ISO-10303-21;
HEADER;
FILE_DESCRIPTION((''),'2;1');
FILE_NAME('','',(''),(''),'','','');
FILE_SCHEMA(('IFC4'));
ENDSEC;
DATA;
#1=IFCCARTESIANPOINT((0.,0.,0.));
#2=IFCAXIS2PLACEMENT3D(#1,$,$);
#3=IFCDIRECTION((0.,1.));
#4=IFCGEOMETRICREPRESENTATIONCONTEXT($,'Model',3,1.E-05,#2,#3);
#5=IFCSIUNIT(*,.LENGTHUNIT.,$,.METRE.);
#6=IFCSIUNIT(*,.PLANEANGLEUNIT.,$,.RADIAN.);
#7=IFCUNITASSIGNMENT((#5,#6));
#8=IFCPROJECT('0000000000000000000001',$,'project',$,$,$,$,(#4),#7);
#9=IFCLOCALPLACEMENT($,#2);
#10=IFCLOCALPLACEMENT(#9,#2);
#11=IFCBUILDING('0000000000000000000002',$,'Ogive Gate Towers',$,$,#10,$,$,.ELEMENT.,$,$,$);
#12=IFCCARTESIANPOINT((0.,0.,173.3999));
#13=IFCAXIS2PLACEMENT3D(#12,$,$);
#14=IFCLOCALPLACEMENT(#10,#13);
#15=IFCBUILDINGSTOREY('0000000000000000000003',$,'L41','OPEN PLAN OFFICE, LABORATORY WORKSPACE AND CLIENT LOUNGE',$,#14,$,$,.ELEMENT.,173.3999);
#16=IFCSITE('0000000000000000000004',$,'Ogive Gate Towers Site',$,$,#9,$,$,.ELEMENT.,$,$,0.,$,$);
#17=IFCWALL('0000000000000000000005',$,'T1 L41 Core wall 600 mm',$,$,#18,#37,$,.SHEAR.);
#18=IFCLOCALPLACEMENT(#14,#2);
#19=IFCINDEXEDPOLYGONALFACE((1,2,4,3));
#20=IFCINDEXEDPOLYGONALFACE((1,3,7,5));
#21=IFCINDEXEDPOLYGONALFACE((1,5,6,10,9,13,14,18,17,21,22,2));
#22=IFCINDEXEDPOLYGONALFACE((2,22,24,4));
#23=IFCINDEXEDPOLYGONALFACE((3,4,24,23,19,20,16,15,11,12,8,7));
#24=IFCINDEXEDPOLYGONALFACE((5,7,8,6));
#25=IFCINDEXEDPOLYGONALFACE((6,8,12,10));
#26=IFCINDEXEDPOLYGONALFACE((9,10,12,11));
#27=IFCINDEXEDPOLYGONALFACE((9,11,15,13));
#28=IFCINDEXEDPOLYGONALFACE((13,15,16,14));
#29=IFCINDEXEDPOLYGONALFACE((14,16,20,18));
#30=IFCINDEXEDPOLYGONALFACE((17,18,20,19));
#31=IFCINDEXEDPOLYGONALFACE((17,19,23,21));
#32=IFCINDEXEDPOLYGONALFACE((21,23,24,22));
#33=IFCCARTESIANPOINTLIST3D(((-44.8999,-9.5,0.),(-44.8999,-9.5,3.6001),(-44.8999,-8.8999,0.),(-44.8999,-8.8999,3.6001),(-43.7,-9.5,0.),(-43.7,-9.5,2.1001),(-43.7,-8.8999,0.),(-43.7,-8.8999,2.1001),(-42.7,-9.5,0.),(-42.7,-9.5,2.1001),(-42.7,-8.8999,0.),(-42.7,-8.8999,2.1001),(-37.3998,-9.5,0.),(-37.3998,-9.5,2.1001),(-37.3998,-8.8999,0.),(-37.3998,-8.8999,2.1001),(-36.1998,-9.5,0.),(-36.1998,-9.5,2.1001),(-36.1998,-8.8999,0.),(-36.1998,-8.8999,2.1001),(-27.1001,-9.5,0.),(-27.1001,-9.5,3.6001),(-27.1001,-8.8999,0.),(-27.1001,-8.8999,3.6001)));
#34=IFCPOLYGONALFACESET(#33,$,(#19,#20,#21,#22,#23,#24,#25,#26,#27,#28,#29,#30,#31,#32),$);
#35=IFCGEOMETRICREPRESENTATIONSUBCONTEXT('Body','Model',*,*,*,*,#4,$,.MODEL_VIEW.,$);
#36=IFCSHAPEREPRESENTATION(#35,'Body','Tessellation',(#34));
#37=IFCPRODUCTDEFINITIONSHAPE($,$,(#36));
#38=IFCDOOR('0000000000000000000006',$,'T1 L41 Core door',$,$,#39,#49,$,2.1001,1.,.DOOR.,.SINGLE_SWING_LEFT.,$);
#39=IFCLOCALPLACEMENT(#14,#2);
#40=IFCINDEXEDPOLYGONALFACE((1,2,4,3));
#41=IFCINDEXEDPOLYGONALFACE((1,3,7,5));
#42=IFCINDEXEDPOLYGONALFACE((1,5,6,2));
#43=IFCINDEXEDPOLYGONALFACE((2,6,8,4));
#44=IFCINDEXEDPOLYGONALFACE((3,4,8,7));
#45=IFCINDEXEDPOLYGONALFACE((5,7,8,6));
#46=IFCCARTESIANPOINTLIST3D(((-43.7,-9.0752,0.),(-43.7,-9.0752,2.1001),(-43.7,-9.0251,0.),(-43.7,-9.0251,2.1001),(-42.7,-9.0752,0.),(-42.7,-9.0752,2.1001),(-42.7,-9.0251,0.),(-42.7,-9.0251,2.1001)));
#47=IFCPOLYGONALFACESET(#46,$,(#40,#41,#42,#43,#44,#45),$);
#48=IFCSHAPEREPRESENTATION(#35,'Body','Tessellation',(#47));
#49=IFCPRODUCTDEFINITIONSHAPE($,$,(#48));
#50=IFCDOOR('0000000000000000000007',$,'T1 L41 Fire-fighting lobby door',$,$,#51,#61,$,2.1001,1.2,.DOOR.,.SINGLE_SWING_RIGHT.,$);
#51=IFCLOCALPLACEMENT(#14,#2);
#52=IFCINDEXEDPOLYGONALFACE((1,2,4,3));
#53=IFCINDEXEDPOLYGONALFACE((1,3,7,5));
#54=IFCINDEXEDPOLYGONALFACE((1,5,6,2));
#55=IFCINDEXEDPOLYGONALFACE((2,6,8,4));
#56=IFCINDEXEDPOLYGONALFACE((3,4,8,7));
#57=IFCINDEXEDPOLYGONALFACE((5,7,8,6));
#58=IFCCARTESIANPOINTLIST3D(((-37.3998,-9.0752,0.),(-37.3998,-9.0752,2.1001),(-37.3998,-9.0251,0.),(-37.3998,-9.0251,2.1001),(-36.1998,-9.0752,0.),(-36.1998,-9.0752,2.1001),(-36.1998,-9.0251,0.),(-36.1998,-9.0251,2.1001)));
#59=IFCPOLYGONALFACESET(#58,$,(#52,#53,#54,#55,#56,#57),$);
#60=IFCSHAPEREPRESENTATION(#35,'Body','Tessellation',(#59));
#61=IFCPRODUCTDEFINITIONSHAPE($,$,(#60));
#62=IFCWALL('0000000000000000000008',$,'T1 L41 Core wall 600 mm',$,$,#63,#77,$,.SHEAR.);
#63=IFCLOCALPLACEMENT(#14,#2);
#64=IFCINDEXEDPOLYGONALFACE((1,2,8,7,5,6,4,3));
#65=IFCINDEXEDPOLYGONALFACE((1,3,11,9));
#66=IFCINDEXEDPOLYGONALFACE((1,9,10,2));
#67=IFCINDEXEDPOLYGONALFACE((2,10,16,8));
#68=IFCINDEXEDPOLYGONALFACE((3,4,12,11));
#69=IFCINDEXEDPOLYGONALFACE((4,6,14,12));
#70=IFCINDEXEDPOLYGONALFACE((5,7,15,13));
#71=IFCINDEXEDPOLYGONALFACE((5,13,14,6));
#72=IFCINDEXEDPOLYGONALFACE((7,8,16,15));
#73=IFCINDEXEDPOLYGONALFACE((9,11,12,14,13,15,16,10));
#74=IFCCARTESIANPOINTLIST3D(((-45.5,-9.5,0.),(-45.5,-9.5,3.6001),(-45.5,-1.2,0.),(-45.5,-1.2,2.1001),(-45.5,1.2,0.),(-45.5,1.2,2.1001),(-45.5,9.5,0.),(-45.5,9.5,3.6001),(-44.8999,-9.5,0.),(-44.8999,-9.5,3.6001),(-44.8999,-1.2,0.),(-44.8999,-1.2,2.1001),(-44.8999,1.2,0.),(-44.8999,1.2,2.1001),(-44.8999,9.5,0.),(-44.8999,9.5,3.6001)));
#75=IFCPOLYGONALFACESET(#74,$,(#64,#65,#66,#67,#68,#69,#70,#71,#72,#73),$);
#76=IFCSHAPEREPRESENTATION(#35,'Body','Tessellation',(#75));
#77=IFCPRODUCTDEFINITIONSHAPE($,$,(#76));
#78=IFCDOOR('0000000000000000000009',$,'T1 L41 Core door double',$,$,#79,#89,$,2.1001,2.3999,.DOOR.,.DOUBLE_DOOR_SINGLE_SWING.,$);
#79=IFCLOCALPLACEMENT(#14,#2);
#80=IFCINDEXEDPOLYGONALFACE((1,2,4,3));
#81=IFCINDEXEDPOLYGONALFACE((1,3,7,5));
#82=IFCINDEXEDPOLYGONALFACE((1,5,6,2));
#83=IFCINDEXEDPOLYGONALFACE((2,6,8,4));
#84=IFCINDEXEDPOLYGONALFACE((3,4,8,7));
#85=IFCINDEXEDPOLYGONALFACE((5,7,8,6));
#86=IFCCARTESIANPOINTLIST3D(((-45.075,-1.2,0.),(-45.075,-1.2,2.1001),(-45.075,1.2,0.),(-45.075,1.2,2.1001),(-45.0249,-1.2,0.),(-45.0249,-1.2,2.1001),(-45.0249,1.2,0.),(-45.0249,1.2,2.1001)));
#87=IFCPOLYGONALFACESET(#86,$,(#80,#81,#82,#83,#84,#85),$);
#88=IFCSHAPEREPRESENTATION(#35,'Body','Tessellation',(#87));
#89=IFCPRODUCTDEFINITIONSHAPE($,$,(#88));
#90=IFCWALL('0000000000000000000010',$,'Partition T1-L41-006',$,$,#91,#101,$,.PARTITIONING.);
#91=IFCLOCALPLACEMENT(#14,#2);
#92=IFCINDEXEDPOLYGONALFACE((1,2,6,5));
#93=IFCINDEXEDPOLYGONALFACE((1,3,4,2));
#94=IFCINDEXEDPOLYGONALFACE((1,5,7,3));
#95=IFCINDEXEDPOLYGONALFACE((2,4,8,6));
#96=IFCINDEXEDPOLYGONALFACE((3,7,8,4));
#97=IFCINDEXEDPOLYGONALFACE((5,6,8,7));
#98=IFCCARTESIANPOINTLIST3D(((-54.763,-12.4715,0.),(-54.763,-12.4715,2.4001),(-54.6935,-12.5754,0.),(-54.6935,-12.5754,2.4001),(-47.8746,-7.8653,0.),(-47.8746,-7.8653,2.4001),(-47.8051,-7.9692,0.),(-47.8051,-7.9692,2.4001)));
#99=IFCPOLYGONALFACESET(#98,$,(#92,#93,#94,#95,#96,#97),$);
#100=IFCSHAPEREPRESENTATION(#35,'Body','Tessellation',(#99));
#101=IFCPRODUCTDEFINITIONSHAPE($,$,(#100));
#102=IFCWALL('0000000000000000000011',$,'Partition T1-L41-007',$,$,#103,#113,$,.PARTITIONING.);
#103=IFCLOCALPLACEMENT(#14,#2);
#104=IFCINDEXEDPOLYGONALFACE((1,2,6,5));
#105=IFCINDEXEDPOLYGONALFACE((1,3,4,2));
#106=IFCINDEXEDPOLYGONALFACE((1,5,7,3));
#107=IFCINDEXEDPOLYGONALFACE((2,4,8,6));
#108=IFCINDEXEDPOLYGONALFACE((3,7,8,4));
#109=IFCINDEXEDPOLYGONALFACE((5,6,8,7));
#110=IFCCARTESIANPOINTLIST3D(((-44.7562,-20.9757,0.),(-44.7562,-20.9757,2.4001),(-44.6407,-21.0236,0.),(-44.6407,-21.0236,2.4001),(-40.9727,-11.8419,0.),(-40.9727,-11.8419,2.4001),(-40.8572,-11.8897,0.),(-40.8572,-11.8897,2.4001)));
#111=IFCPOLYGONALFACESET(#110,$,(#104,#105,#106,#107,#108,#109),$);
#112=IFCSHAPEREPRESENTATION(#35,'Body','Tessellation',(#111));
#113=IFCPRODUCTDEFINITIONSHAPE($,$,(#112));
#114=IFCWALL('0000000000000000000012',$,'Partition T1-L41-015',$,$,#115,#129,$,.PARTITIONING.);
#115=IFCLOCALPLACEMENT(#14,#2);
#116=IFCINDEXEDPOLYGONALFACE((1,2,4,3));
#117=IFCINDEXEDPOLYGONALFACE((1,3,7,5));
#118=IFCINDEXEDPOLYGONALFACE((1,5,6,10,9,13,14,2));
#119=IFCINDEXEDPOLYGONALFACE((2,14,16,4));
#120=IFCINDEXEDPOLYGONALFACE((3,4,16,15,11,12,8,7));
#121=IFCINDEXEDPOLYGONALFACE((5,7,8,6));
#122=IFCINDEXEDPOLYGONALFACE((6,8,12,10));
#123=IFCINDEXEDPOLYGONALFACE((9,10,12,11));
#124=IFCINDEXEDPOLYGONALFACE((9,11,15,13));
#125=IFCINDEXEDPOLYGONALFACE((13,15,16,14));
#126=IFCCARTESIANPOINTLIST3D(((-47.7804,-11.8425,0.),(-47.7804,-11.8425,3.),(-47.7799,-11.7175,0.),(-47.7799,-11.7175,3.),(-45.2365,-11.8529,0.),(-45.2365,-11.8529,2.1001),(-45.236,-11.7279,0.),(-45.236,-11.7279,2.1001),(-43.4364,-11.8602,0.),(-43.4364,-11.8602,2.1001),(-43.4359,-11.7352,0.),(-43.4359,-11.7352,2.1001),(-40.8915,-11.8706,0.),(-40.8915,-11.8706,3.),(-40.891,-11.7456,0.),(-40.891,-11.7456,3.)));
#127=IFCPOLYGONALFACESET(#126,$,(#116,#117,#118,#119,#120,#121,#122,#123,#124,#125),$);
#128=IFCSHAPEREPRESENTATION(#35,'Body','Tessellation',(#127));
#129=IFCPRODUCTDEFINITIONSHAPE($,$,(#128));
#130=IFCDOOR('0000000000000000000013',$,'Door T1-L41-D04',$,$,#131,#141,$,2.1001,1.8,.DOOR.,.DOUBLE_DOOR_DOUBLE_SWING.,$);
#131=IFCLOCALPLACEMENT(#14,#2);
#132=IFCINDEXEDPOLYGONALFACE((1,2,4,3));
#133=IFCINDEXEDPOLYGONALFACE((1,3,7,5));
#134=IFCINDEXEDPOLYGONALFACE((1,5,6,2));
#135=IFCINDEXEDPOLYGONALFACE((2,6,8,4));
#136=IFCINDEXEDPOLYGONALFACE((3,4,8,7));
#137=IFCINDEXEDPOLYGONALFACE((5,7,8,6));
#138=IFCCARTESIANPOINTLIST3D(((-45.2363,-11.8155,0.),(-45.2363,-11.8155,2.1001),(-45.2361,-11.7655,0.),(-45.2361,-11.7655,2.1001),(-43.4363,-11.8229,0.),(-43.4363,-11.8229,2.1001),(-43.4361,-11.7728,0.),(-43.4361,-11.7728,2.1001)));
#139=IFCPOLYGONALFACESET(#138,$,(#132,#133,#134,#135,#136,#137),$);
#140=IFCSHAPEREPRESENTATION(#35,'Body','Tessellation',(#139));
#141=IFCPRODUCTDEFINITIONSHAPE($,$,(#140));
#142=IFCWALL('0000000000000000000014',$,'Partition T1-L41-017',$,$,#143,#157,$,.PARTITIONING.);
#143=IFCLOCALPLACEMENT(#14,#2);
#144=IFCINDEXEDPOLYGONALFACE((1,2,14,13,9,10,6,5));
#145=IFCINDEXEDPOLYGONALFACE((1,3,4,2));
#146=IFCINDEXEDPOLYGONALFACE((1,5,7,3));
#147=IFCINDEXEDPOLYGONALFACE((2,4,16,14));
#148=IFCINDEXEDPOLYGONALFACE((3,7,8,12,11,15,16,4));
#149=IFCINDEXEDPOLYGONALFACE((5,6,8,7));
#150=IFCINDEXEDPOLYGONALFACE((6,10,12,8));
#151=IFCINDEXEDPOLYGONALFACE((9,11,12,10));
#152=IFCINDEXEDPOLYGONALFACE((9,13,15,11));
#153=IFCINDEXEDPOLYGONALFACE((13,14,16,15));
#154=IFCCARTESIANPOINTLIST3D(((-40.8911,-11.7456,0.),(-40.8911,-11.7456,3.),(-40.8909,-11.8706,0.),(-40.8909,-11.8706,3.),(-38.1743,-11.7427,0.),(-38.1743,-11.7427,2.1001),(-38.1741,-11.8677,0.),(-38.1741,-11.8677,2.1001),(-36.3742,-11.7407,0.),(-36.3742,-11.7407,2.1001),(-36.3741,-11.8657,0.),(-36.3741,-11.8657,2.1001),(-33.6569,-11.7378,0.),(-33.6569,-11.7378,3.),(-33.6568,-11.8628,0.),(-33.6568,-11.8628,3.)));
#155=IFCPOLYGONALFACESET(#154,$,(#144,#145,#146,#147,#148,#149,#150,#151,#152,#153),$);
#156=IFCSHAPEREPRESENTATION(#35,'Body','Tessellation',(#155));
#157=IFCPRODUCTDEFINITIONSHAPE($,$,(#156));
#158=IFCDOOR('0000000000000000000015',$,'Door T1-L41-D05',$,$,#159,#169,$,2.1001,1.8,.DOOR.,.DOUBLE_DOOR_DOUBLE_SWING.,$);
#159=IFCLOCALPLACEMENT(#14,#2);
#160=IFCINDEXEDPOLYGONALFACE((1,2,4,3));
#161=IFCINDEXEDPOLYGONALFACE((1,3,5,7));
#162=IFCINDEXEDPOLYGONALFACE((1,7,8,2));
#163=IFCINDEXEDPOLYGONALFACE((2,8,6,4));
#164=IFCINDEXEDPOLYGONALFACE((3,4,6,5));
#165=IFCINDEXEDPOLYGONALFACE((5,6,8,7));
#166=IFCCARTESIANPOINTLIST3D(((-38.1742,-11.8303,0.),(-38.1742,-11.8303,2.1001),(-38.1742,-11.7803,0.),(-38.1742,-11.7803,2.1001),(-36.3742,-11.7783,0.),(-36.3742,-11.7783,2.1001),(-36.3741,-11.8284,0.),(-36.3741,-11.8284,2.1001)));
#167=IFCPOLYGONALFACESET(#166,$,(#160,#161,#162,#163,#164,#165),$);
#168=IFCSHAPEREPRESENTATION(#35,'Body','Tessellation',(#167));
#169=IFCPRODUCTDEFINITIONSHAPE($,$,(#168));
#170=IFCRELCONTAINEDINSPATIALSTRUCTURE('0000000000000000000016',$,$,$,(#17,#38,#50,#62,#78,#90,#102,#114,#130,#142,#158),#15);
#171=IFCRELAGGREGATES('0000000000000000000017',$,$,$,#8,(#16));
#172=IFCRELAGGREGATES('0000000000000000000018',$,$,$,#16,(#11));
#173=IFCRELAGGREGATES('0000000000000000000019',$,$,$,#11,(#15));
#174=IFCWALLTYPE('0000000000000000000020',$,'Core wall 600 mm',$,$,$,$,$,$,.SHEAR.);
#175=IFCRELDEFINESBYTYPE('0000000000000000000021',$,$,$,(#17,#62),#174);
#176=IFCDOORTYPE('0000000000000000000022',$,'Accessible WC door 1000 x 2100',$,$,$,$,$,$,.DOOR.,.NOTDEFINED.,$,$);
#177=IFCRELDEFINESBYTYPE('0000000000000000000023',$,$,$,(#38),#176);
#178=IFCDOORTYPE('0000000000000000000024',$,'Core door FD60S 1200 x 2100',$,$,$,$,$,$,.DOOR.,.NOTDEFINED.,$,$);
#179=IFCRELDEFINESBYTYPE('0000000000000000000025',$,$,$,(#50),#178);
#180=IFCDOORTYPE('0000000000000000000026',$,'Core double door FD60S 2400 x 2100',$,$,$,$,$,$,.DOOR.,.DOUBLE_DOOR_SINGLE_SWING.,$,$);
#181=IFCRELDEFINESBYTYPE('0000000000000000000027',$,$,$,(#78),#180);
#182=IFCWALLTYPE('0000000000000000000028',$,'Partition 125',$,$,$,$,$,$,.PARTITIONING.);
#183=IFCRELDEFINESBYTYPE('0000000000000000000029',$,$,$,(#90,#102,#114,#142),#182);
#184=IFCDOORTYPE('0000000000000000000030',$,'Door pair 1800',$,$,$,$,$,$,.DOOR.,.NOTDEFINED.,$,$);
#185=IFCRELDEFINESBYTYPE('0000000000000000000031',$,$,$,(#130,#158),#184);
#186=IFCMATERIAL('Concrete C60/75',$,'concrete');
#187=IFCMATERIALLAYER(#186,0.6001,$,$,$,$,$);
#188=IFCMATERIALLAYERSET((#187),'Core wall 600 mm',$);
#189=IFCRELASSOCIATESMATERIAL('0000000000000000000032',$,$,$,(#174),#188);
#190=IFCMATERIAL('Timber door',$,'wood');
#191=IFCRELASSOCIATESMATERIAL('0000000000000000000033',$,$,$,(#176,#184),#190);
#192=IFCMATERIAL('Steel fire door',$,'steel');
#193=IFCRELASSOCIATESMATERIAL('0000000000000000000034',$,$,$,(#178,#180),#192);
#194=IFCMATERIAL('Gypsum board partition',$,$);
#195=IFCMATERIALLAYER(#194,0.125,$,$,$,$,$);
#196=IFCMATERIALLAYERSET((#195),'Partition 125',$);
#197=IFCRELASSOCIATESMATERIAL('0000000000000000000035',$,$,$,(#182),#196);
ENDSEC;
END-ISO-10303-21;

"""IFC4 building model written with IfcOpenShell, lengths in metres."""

from ifc_helpers import new_model, si_unit, direction, frame, frame_2d, origin, place, context, subcontext, project, spatial, rectangle, extrude, material, layer, layer_set, type_object, element, fill, save


model = new_model("IFC4")

# Units and contexts
model_context = context("Model", 3, precision=1e-05, world=origin(), true_north=direction((0.0, 1.0)))
body_context = subcontext(model_context, "Body", "Model", "MODEL_VIEW")
ifc_project = project(units=[si_unit("LENGTHUNIT", "METRE"), si_unit("PLANEANGLEUNIT", "RADIAN")], contexts=[model_context])

# Site, building, storey
site_placement = place(None, origin())
site = spatial("IfcSite", under=ifc_project, at=site_placement, Name="Ogive Gate Towers Site", CompositionType="ELEMENT", RefElevation=0.0)
building_placement = place(site_placement, origin())
building = spatial("IfcBuilding", under=site, at=building_placement, Name="Ogive Gate Towers", CompositionType="ELEMENT")
storey_placement = place(building_placement, frame((0.0, 0.0, 173.3999)))
storey = spatial("IfcBuildingStorey", under=building, at=storey_placement, Name="L41", Description="OPEN PLAN OFFICE, LABORATORY WORKSPACE AND CLIENT LOUNGE", CompositionType="ELEMENT", Elevation=173.3999)

# Wall, openings, doors
ifc_material_1 = material(Name="Concrete C60/75", Category="concrete")
ifc_layer_1 = layer(ifc_material_1, 0.6001)
ifc_layer_set_1 = layer_set([ifc_layer_1], Name="Core wall 600 mm")
wall_type_1 = type_object("IfcWallType", Name="Core wall 600 mm", PredefinedType="SHEAR", material=ifc_layer_set_1)
wall_1_placement = place(storey_placement, frame((-44.8999, -9.2, 0.0), z_axis=(0.0, 0.0, 1.0), x_axis=(1.0, 0.0, 0.0)))
wall_1 = element("IfcWall", 1, at=wall_1_placement, inside=storey, type_object=wall_type_1, Name="T1 L41 Core wall 600 mm", PredefinedType="SHEAR", context=body_context, shape_type="SweptSolid", body=[
    extrude(rectangle(XDim=17.7998, YDim=0.6001, at=frame_2d((8.8999, 0.0))), origin(), (0.0, 0.0, 1.0), 3.6001),
])
opening_1_placement = place(wall_1_placement, frame((7.5, 0.0, 0.0)))
opening_1 = element("IfcOpeningElement", 2, at=opening_1_placement, cuts=wall_1, PredefinedType="OPENING", context=body_context, shape_type="SweptSolid", body=[
    extrude(rectangle(XDim=1.2, YDim=2.1001, at=frame_2d((0.6001, 1.05))), frame((0.0, 0.3101, 0.0), z_axis=(0.0, -1.0, 0.0), x_axis=(1.0, 0.0, 0.0)), (0.0, 0.0, 1.0), 0.6201),
])
opening_2_placement = place(wall_1_placement, frame((1.2, 0.0, 0.0)))
opening_2 = element("IfcOpeningElement", 3, at=opening_2_placement, cuts=wall_1, PredefinedType="OPENING", context=body_context, shape_type="SweptSolid", body=[
    extrude(rectangle(XDim=1.0, YDim=2.1001, at=frame_2d((0.5, 1.05))), frame((0.0, 0.3101, 0.0), z_axis=(0.0, -1.0, 0.0), x_axis=(1.0, 0.0, 0.0)), (0.0, 0.0, 1.0), 0.6201),
])
ifc_material_2 = material(Name="Timber door", Category="wood")
door_type_1 = type_object("IfcDoorType", Name="Accessible WC door 1000 x 2100", OperationType="NOTDEFINED", PredefinedType="DOOR", material=ifc_material_2)
door_1_placement = place(opening_2_placement, origin())
door_1 = element("IfcDoor", 4, at=door_1_placement, inside=storey, type_object=door_type_1, Name="T1 L41 Core door", OperationType="SINGLE_SWING_LEFT", OverallHeight=2.1001, OverallWidth=1.0, PredefinedType="DOOR", context=body_context, shape_type="SweptSolid", body=[
    extrude(rectangle(XDim=1.0, YDim=2.1001, at=frame_2d((0.5, 1.05))), frame((0.0, 0.1748, 0.0), z_axis=(0.0, -1.0, 0.0), x_axis=(1.0, 0.0, 0.0)), (0.0, 0.0, 1.0), 0.05),
])
fill(opening_2, door_1)
ifc_material_3 = material(Name="Steel fire door", Category="steel")
door_type_2 = type_object("IfcDoorType", Name="Core door FD60S 1200 x 2100", OperationType="NOTDEFINED", PredefinedType="DOOR", material=ifc_material_3)
door_2_placement = place(opening_1_placement, origin())
door_2 = element("IfcDoor", 5, at=door_2_placement, inside=storey, type_object=door_type_2, Name="T1 L41 Fire-fighting lobby door", OperationType="SINGLE_SWING_RIGHT", OverallHeight=2.1001, OverallWidth=1.2, PredefinedType="DOOR", context=body_context, shape_type="SweptSolid", body=[
    extrude(rectangle(XDim=1.2, YDim=2.1001, at=frame_2d((0.6001, 1.05))), frame((0.0, 0.1748, 0.0), z_axis=(0.0, -1.0, 0.0), x_axis=(1.0, 0.0, 0.0)), (0.0, 0.0, 1.0), 0.05),
])
fill(opening_1, door_2)

# Wall, opening, door
wall_2_placement = place(storey_placement, frame((-45.2, -9.5, 0.0), z_axis=(0.0, 0.0, 1.0), x_axis=(0.0, 1.0, 0.0)))
wall_2 = element("IfcWall", 6, at=wall_2_placement, inside=storey, type_object=wall_type_1, Name="T1 L41 Core wall 600 mm", PredefinedType="SHEAR", context=body_context, shape_type="SweptSolid", body=[
    extrude(rectangle(XDim=19.0, YDim=0.6001, at=frame_2d((9.5, 0.0))), origin(), (0.0, 0.0, 1.0), 3.6001),
])
opening_3_placement = place(wall_2_placement, frame((8.3, 0.0, 0.0)))
opening_3 = element("IfcOpeningElement", 7, at=opening_3_placement, cuts=wall_2, PredefinedType="OPENING", context=body_context, shape_type="SweptSolid", body=[
    extrude(rectangle(XDim=2.3999, YDim=2.1001, at=frame_2d((1.2, 1.05))), frame((0.0, 0.3101, 0.0), z_axis=(0.0, -1.0, 0.0), x_axis=(1.0, 0.0, 0.0)), (0.0, 0.0, 1.0), 0.6201),
])
door_type_3 = type_object("IfcDoorType", Name="Core double door FD60S 2400 x 2100", OperationType="DOUBLE_DOOR_SINGLE_SWING", PredefinedType="DOOR", material=ifc_material_3)
door_3_placement = place(opening_3_placement, origin())
door_3 = element("IfcDoor", 8, at=door_3_placement, inside=storey, type_object=door_type_3, Name="T1 L41 Core door double", OperationType="DOUBLE_DOOR_SINGLE_SWING", OverallHeight=2.1001, OverallWidth=2.3999, PredefinedType="DOOR", context=body_context, shape_type="SweptSolid", body=[
    extrude(rectangle(XDim=2.3999, YDim=2.1001, at=frame_2d((1.2, 1.05))), frame((0.0, -0.125, 0.0), z_axis=(0.0, -1.0, 0.0), x_axis=(1.0, 0.0, 0.0)), (0.0, 0.0, 1.0), 0.05),
])
fill(opening_3, door_3)

# Walls
ifc_material_4 = material(Name="Gypsum board partition")
ifc_layer_2 = layer(ifc_material_4, 0.125)
ifc_layer_set_2 = layer_set([ifc_layer_2], Name="Partition 125")
wall_type_2 = type_object("IfcWallType", Name="Partition 125", PredefinedType="PARTITIONING", material=ifc_layer_set_2)
wall_3_placement = place(storey_placement, frame((-54.7283, -12.5234, 0.0), z_axis=(0.0, 0.0, 1.0), x_axis=(0.831274, 0.555862, 0.0)))
element("IfcWall", 9, at=wall_3_placement, inside=storey, type_object=wall_type_2, Name="Partition T1-L41-006", PredefinedType="PARTITIONING", context=body_context, shape_type="SweptSolid", body=[
    extrude(rectangle(XDim=8.2866, YDim=0.125, at=frame_2d((4.1433, 0.0))), origin(), (0.0, 0.0, 1.0), 2.4001),
])
wall_4_placement = place(storey_placement, frame((-44.6985, -20.9998, 0.0), z_axis=(0.0, 0.0, 1.0), x_axis=(0.382693, 0.923876, 0.0)))
element("IfcWall", 10, at=wall_4_placement, inside=storey, type_object=wall_type_2, Name="Partition T1-L41-007", PredefinedType="PARTITIONING", context=body_context, shape_type="SweptSolid", body=[
    extrude(rectangle(XDim=9.8865, YDim=0.125, at=frame_2d((4.9434, 0.0))), origin(), (0.0, 0.0, 1.0), 2.4001),
])

# Walls, openings, doors
wall_5_placement = place(storey_placement, frame((-47.78, -11.78, 0.0), z_axis=(0.0, 0.0, 1.0), x_axis=(0.999992, -0.004076, 0.0)))
wall_5 = element("IfcWall", 11, at=wall_5_placement, inside=storey, type_object=wall_type_2, Name="Partition T1-L41-015", PredefinedType="PARTITIONING", context=body_context, shape_type="SweptSolid", body=[
    extrude(rectangle(XDim=6.8889, YDim=0.125, at=frame_2d((3.4443, 0.0))), origin(), (0.0, 0.0, 1.0), 3.0),
])
opening_4_placement = place(wall_5_placement, frame((2.5439, 0.0, 0.0)))
opening_4 = element("IfcOpeningElement", 12, at=opening_4_placement, cuts=wall_5, PredefinedType="OPENING", context=body_context, shape_type="SweptSolid", body=[
    extrude(rectangle(XDim=1.8, YDim=2.1001, at=frame_2d((0.8999, 1.05))), frame((0.0, 0.0725, 0.0), z_axis=(0.0, -1.0, 0.0), x_axis=(1.0, 0.0, 0.0)), (0.0, 0.0, 1.0), 0.145),
])
door_type_4 = type_object("IfcDoorType", Name="Door pair 1800", OperationType="NOTDEFINED", PredefinedType="DOOR", material=ifc_material_2)
door_4_placement = place(opening_4_placement, origin())
door_4 = element("IfcDoor", 13, at=door_4_placement, inside=storey, type_object=door_type_4, Name="Door T1-L41-D04", OperationType="DOUBLE_DOOR_DOUBLE_SWING", OverallHeight=2.1001, OverallWidth=1.8, PredefinedType="DOOR", context=body_context, shape_type="SweptSolid", body=[
    extrude(rectangle(XDim=1.8, YDim=2.1001, at=frame_2d((0.8999, 1.05))), frame((0.0, 0.0249, 0.0), z_axis=(0.0, -1.0, 0.0), x_axis=(1.0, 0.0, 0.0)), (0.0, 0.0, 1.0), 0.05),
])
fill(opening_4, door_4)
wall_6_placement = place(storey_placement, frame((-40.8911, -11.8081, 0.0), z_axis=(0.0, 0.0, 1.0), x_axis=(0.999999, 0.00108, 0.0)))
wall_6 = element("IfcWall", 14, at=wall_6_placement, inside=storey, type_object=wall_type_2, Name="Partition T1-L41-017", PredefinedType="PARTITIONING", context=body_context, shape_type="SweptSolid", body=[
    extrude(rectangle(XDim=7.2341, YDim=0.125, at=frame_2d((3.6172, 0.0))), origin(), (0.0, 0.0, 1.0), 3.0),
])
opening_5_placement = place(wall_6_placement, frame((2.717, 0.0, 0.0)))
opening_5 = element("IfcOpeningElement", 15, at=opening_5_placement, cuts=wall_6, PredefinedType="OPENING", context=body_context, shape_type="SweptSolid", body=[
    extrude(rectangle(XDim=1.8, YDim=2.1001, at=frame_2d((0.8999, 1.05))), frame((0.0, 0.0725, 0.0), z_axis=(0.0, -1.0, 0.0), x_axis=(1.0, 0.0, 0.0)), (0.0, 0.0, 1.0), 0.145),
])
door_5_placement = place(opening_5_placement, origin())
door_5 = element("IfcDoor", 16, at=door_5_placement, inside=storey, type_object=door_type_4, Name="Door T1-L41-D05", OperationType="DOUBLE_DOOR_DOUBLE_SWING", OverallHeight=2.1001, OverallWidth=1.8, PredefinedType="DOOR", context=body_context, shape_type="SweptSolid", body=[
    extrude(rectangle(XDim=1.8, YDim=2.1001, at=frame_2d((0.8999, 1.05))), frame((0.0, 0.0249, 0.0), z_axis=(0.0, -1.0, 0.0), x_axis=(1.0, 0.0, 0.0)), (0.0, 0.0, 1.0), 0.05),
])
fill(opening_5, door_5)

save(model, "model.ifc")
